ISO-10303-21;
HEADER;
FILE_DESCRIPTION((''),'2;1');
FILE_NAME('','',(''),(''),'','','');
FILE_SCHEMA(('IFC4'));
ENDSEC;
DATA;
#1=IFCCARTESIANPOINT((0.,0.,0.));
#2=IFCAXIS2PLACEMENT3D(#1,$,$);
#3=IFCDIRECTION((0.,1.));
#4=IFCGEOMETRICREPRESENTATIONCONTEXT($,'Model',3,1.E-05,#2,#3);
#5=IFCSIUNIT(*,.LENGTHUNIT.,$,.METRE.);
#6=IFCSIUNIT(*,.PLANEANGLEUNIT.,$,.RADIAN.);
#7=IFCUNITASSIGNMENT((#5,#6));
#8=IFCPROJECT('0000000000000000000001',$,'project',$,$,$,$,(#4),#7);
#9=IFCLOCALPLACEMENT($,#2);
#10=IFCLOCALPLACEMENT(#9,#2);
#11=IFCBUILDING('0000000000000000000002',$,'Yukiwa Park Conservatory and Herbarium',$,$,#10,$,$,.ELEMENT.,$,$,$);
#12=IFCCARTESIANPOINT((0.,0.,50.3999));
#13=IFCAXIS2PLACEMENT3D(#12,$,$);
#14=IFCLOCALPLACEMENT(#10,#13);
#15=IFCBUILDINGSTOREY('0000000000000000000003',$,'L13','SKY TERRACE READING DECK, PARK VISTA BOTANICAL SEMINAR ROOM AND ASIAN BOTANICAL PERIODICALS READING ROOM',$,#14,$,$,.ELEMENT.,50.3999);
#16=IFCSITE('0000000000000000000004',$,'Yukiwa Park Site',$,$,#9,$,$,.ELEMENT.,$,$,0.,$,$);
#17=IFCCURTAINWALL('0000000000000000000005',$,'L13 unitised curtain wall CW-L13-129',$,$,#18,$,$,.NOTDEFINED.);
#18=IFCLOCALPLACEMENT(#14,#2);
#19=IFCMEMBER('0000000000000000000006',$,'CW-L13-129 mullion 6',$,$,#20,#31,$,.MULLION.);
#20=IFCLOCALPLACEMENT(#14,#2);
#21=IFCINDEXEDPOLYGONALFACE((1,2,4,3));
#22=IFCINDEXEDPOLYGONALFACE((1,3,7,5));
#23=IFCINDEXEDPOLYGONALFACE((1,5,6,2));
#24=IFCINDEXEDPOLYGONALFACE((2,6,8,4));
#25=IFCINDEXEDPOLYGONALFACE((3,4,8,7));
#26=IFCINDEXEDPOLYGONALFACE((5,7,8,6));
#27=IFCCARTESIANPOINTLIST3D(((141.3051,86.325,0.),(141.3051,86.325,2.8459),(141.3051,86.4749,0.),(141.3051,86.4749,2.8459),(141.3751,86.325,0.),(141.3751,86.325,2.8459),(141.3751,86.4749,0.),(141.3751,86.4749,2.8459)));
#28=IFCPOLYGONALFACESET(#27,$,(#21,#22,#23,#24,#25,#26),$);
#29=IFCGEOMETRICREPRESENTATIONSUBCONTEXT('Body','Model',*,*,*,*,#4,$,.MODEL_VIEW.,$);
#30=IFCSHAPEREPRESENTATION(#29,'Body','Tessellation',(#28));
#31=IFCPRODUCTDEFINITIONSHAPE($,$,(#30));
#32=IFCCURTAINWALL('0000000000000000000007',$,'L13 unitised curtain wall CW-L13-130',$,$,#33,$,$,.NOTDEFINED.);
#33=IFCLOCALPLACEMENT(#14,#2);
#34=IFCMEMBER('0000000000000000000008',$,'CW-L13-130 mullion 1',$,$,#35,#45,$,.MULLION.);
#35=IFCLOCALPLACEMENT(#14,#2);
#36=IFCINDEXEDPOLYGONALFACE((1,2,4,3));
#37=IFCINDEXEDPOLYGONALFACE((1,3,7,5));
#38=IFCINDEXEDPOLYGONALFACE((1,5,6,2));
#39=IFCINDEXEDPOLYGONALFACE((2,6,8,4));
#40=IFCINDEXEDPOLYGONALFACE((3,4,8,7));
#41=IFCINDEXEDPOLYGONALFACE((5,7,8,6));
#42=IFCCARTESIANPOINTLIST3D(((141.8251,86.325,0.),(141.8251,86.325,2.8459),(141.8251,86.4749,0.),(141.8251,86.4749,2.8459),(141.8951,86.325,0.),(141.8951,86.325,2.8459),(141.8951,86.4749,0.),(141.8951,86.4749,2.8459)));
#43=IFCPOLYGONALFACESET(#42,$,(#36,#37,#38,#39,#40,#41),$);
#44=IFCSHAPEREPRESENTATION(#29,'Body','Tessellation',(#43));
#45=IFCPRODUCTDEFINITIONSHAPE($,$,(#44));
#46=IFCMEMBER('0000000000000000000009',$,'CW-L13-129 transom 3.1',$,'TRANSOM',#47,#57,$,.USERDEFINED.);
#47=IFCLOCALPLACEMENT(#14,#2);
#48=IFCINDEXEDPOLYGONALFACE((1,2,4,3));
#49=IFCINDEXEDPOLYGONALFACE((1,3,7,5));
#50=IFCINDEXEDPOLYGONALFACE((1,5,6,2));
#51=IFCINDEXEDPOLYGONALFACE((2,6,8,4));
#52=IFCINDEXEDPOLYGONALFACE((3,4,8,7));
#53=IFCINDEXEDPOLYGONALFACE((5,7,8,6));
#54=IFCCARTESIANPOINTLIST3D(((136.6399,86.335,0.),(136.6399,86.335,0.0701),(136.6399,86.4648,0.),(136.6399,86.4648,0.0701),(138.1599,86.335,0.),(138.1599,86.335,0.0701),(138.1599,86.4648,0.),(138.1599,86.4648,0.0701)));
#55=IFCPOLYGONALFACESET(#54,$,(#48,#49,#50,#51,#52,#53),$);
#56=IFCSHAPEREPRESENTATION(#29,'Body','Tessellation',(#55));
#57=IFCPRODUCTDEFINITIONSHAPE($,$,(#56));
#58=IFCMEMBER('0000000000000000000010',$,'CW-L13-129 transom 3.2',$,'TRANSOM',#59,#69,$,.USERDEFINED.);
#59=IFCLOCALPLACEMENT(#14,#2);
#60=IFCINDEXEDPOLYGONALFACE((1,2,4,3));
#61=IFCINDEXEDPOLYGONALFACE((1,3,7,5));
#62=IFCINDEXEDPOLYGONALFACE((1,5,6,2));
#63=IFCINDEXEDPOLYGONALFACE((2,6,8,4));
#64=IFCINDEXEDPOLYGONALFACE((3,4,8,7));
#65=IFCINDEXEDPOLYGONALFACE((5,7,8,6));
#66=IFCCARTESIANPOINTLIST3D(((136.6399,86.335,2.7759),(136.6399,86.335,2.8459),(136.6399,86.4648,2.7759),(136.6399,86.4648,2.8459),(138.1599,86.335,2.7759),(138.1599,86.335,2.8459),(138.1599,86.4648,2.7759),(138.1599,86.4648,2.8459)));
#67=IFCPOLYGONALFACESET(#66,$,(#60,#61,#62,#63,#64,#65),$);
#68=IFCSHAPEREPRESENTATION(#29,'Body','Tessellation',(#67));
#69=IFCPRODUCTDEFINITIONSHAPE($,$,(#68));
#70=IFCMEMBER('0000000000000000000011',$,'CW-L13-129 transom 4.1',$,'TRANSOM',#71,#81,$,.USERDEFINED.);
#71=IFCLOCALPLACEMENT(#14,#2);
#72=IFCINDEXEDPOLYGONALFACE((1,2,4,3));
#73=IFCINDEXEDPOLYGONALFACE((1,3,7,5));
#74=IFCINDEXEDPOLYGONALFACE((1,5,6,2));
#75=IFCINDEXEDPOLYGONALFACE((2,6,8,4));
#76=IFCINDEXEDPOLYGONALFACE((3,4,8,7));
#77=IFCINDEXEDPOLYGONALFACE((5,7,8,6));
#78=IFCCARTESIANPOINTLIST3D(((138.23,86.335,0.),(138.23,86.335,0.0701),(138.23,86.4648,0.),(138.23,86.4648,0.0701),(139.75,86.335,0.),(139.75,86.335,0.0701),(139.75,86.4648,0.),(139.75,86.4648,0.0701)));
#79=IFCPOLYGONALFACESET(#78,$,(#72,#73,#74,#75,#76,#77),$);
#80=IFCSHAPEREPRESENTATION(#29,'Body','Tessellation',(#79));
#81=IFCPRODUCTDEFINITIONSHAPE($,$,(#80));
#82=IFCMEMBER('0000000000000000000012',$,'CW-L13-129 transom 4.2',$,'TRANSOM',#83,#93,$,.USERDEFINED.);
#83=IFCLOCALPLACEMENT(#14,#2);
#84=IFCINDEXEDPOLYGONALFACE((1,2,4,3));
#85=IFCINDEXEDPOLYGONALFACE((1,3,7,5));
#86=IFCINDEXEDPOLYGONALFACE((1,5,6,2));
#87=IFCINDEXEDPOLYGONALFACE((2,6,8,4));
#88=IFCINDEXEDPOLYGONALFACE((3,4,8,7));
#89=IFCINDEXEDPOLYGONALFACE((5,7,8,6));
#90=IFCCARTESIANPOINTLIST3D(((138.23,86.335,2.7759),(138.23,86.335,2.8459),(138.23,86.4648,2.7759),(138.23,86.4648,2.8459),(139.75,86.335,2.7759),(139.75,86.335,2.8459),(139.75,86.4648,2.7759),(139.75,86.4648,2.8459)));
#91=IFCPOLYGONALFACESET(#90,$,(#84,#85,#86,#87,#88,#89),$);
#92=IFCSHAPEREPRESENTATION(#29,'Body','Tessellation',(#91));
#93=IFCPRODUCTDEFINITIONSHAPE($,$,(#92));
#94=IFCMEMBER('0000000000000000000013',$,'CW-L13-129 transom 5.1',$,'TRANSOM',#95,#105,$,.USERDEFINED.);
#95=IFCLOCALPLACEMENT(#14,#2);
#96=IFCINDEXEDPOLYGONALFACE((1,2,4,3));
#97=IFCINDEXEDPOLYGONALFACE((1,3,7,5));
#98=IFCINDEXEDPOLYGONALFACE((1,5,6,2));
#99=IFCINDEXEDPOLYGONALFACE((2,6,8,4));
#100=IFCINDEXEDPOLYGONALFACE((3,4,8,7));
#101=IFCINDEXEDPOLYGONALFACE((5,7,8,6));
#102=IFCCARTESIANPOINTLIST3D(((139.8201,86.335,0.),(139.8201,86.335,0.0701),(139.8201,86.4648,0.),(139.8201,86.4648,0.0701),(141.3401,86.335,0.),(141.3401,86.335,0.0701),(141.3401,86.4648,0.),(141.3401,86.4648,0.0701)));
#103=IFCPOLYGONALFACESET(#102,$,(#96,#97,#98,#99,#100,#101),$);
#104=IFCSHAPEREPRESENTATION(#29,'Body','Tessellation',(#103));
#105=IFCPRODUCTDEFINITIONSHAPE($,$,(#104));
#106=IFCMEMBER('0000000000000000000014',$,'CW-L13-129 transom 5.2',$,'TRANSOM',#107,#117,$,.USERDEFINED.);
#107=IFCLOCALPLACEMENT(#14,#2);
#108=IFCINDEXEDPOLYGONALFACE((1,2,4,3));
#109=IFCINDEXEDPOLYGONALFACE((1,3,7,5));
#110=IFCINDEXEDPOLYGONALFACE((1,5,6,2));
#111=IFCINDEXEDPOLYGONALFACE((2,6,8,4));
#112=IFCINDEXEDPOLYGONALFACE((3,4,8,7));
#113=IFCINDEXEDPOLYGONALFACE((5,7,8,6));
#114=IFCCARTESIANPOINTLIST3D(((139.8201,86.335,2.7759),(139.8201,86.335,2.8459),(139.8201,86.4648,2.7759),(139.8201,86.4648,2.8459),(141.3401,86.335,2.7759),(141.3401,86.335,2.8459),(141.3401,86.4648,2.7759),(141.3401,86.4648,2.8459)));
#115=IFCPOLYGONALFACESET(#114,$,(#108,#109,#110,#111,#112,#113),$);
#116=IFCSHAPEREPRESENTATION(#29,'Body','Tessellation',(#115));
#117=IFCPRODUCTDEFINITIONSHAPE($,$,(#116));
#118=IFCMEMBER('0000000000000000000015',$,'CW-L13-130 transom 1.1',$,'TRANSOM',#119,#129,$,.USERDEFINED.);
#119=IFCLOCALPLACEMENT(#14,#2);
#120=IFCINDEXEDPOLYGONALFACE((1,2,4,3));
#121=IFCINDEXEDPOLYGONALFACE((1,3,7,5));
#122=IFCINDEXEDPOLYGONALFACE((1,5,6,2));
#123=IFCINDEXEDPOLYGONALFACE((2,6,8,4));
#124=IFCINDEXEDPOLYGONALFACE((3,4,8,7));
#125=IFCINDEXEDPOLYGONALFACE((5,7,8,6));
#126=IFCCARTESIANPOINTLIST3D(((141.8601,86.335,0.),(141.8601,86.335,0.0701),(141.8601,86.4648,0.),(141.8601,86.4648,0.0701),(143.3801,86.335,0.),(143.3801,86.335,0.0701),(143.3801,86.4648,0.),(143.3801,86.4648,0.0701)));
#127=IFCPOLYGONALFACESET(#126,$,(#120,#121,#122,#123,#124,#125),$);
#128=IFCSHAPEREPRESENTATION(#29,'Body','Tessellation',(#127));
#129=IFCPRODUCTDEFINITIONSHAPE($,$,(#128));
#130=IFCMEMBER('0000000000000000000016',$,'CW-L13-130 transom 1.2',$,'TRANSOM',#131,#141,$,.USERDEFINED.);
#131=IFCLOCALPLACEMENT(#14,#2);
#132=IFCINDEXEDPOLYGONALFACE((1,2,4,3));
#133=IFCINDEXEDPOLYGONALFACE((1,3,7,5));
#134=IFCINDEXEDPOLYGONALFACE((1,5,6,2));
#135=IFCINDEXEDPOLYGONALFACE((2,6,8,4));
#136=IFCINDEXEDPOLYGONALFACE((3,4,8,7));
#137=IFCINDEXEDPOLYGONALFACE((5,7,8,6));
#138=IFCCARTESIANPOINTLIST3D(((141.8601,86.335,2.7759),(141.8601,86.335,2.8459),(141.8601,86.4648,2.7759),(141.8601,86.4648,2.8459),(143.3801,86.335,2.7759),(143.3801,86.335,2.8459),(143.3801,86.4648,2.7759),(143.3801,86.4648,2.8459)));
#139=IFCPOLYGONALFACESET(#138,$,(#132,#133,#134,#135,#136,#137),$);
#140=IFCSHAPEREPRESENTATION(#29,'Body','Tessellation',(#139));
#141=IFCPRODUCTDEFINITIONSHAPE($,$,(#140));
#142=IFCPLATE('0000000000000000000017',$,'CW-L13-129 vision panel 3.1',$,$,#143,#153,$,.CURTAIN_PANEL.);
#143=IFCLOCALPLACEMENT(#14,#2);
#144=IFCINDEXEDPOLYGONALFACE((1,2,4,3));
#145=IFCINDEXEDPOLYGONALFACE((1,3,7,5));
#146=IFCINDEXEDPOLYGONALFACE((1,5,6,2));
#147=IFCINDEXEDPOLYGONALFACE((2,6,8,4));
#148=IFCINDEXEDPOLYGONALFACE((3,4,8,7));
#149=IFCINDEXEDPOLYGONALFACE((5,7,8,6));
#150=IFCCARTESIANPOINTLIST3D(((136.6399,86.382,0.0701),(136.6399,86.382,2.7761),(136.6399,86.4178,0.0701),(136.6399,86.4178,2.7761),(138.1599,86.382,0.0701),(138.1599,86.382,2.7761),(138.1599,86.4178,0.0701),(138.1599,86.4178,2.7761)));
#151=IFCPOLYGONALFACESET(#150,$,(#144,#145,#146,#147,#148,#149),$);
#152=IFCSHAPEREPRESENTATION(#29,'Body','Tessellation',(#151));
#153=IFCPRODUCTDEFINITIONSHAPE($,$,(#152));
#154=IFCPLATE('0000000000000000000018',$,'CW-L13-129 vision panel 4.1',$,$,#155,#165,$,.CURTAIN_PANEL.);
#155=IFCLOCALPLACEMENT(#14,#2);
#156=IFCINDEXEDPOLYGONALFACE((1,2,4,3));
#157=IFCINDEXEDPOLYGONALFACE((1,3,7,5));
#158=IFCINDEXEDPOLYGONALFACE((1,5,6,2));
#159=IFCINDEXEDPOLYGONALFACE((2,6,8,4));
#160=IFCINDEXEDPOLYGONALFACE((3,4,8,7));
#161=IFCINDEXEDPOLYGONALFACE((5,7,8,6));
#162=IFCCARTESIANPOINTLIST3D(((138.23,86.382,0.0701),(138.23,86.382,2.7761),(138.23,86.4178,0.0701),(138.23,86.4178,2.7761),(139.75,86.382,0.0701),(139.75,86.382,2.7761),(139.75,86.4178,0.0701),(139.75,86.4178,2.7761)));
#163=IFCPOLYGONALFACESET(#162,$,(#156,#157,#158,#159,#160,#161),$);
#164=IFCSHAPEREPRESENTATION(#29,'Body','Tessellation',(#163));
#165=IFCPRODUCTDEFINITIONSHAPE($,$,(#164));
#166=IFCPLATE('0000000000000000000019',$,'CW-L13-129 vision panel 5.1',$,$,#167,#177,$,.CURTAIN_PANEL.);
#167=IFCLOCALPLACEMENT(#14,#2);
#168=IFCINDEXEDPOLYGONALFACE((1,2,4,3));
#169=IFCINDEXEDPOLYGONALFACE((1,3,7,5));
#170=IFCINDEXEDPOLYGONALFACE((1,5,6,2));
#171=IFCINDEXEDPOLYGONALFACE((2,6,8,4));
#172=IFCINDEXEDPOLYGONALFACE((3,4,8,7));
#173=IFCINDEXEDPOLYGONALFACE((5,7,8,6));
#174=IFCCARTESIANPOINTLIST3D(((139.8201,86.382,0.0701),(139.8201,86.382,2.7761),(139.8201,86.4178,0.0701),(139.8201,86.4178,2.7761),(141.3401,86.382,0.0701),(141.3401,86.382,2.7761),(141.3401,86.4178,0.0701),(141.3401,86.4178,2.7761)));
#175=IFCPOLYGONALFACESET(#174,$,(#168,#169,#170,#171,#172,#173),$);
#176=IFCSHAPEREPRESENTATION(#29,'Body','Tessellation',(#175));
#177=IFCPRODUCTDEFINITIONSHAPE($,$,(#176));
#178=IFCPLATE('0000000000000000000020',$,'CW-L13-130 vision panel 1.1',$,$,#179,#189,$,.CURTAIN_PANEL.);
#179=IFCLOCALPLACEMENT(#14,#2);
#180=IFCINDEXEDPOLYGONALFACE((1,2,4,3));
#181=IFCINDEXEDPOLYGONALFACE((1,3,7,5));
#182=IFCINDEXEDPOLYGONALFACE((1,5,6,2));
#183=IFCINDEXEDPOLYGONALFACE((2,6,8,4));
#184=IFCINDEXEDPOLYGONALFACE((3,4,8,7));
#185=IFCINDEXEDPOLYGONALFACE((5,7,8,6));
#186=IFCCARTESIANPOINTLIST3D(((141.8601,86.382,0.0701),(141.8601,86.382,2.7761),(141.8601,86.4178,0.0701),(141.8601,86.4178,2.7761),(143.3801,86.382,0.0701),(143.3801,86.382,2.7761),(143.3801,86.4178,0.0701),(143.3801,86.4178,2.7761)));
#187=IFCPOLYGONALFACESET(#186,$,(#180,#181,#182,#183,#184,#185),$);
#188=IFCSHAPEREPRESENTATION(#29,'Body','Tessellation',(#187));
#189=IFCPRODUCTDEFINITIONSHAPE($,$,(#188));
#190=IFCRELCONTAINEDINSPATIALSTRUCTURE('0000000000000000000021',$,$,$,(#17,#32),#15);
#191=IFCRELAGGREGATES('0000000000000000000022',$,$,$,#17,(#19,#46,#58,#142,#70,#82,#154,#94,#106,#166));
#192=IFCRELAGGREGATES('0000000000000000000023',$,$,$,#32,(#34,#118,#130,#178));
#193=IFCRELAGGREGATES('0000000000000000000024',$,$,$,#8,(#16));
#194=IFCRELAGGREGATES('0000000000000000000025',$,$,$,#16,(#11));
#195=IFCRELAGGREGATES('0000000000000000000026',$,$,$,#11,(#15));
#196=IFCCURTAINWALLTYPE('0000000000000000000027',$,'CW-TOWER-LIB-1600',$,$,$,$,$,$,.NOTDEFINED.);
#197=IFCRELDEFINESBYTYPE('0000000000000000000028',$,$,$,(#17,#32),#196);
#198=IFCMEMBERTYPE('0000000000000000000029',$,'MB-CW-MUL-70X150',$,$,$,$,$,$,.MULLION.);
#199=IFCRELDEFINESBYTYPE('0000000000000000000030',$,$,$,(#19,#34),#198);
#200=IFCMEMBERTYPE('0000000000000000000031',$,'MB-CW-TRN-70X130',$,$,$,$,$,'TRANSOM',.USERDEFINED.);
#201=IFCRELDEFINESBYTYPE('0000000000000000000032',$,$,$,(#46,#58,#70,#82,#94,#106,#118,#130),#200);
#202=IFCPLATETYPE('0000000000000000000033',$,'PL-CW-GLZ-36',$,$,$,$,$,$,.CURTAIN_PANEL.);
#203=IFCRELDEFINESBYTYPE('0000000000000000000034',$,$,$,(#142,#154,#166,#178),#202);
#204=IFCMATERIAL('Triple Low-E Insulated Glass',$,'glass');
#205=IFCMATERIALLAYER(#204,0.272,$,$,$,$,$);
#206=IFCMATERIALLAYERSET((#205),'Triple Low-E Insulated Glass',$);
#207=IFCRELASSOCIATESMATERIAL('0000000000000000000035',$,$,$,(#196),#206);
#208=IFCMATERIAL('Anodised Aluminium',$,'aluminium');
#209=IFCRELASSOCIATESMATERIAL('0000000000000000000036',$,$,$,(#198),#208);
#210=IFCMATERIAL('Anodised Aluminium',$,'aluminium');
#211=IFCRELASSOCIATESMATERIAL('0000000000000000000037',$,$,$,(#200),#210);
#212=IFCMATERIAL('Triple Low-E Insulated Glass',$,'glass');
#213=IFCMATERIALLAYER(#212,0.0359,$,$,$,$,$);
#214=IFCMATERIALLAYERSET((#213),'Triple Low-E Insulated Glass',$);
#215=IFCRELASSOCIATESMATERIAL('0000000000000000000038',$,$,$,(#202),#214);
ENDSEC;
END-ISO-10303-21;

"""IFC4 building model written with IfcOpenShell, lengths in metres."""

from ifc_helpers import new_model, si_unit, direction, frame, origin, origin_2d, place, context, subcontext, project, spatial, rectangle, extrude, material, layer, layer_set, type_object, element, aggregate, save


model = new_model("IFC4")

# Units and contexts
model_context = context("Model", 3, precision=1e-05, world=origin(), true_north=direction((0.0, 1.0)))
body_context = subcontext(model_context, "Body", "Model", "MODEL_VIEW")
ifc_project = project(units=[si_unit("LENGTHUNIT", "METRE"), si_unit("PLANEANGLEUNIT", "RADIAN")], contexts=[model_context])

# Site, building, storey
site_placement = place(None, origin())
site = spatial("IfcSite", under=ifc_project, at=site_placement, Name="Yukiwa Park Site", CompositionType="ELEMENT", RefElevation=0.0)
building_placement = place(site_placement, origin())
building = spatial("IfcBuilding", under=site, at=building_placement, Name="Yukiwa Park Conservatory and Herbarium", CompositionType="ELEMENT")
storey_placement = place(building_placement, frame((0.0, 0.0, 50.3999)))
storey = spatial("IfcBuildingStorey", under=building, at=storey_placement, Name="L13", Description="SKY TERRACE READING DECK, PARK VISTA BOTANICAL SEMINAR ROOM AND ASIAN BOTANICAL PERIODICALS READING ROOM", CompositionType="ELEMENT", Elevation=50.3999)

# Curtain wall, member
ifc_material_1 = material(Name="Triple Low-E Insulated Glass", Category="glass")
ifc_layer_1 = layer(ifc_material_1, 0.272)
ifc_layer_set_1 = layer_set([ifc_layer_1], Name="Triple Low-E Insulated Glass")
curtain_wall_type = type_object("IfcCurtainWallType", Name="CW-TOWER-LIB-1600", PredefinedType="NOTDEFINED", material=ifc_layer_set_1)
curtain_wall_1_placement = place(storey_placement, origin())
curtain_wall_1 = element("IfcCurtainWall", 1, at=curtain_wall_1_placement, inside=storey, type_object=curtain_wall_type, Name="L13 unitised curtain wall CW-L13-129", PredefinedType="NOTDEFINED")
ifc_material_2 = material(Name="Anodised Aluminium", Category="aluminium")
member_type_1 = type_object("IfcMemberType", Name="MB-CW-MUL-70X150", PredefinedType="MULLION", material=ifc_material_2)
member_1_placement = place(storey_placement, frame((141.3401, 86.3999, 0.0), z_axis=(0.0, 0.0, 1.0), x_axis=(1.0, 0.0, 0.0)))
member_1 = element("IfcMember", 2, at=member_1_placement, type_object=member_type_1, Name="CW-L13-129 mullion 6", PredefinedType="MULLION", context=body_context, shape_type="SweptSolid", body=[
    extrude(rectangle(XDim=0.0701, YDim=0.1499, at=origin_2d()), origin(), (0.0, 0.0, 1.0), 2.8459),
])

# Curtain wall, member
curtain_wall_2_placement = place(storey_placement, origin())
curtain_wall_2 = element("IfcCurtainWall", 3, at=curtain_wall_2_placement, inside=storey, type_object=curtain_wall_type, Name="L13 unitised curtain wall CW-L13-130", PredefinedType="NOTDEFINED")
member_2_placement = place(storey_placement, frame((141.8601, 86.3999, 0.0), z_axis=(0.0, 0.0, 1.0), x_axis=(1.0, 0.0, 0.0)))
member_2 = element("IfcMember", 4, at=member_2_placement, type_object=member_type_1, Name="CW-L13-130 mullion 1", PredefinedType="MULLION", context=body_context, shape_type="SweptSolid", body=[
    extrude(rectangle(XDim=0.0701, YDim=0.1499, at=origin_2d()), origin(), (0.0, 0.0, 1.0), 2.8459),
])

# Members
ifc_material_3 = material(Name="Anodised Aluminium", Category="aluminium")
member_type_2 = type_object("IfcMemberType", Name="MB-CW-TRN-70X130", ElementType="TRANSOM", PredefinedType="USERDEFINED", material=ifc_material_3)
member_3_placement = place(storey_placement, frame((137.3999, 86.3999, 0.0), z_axis=(0.0, 0.0, 1.0), x_axis=(1.0, 0.0, 0.0)))
member_3 = element("IfcMember", 5, at=member_3_placement, type_object=member_type_2, Name="CW-L13-129 transom 3.1", ObjectType="TRANSOM", PredefinedType="USERDEFINED", context=body_context, shape_type="SweptSolid", body=[
    extrude(rectangle(XDim=1.52, YDim=0.1299, at=origin_2d()), origin(), (0.0, 0.0, 1.0), 0.0701),
])
member_4_placement = place(storey_placement, frame((137.3999, 86.3999, 2.7759), z_axis=(0.0, 0.0, 1.0), x_axis=(1.0, 0.0, 0.0)))
member_4 = element("IfcMember", 6, at=member_4_placement, type_object=member_type_2, Name="CW-L13-129 transom 3.2", ObjectType="TRANSOM", PredefinedType="USERDEFINED", context=body_context, shape_type="SweptSolid", body=[
    extrude(rectangle(XDim=1.52, YDim=0.1299, at=origin_2d()), origin(), (0.0, 0.0, 1.0), 0.0701),
])
member_5_placement = place(storey_placement, frame((138.99, 86.3999, 0.0), z_axis=(0.0, 0.0, 1.0), x_axis=(1.0, 0.0, 0.0)))
member_5 = element("IfcMember", 7, at=member_5_placement, type_object=member_type_2, Name="CW-L13-129 transom 4.1", ObjectType="TRANSOM", PredefinedType="USERDEFINED", context=body_context, shape_type="SweptSolid", body=[
    extrude(rectangle(XDim=1.52, YDim=0.1299, at=origin_2d()), origin(), (0.0, 0.0, 1.0), 0.0701),
])
member_6_placement = place(storey_placement, frame((138.99, 86.3999, 2.7759), z_axis=(0.0, 0.0, 1.0), x_axis=(1.0, 0.0, 0.0)))
member_6 = element("IfcMember", 8, at=member_6_placement, type_object=member_type_2, Name="CW-L13-129 transom 4.2", ObjectType="TRANSOM", PredefinedType="USERDEFINED", context=body_context, shape_type="SweptSolid", body=[
    extrude(rectangle(XDim=1.52, YDim=0.1299, at=origin_2d()), origin(), (0.0, 0.0, 1.0), 0.0701),
])
member_7_placement = place(storey_placement, frame((140.5801, 86.3999, 0.0), z_axis=(0.0, 0.0, 1.0), x_axis=(1.0, 0.0, 0.0)))
member_7 = element("IfcMember", 9, at=member_7_placement, type_object=member_type_2, Name="CW-L13-129 transom 5.1", ObjectType="TRANSOM", PredefinedType="USERDEFINED", context=body_context, shape_type="SweptSolid", body=[
    extrude(rectangle(XDim=1.52, YDim=0.1299, at=origin_2d()), origin(), (0.0, 0.0, 1.0), 0.0701),
])
member_8_placement = place(storey_placement, frame((140.5801, 86.3999, 2.7759), z_axis=(0.0, 0.0, 1.0), x_axis=(1.0, 0.0, 0.0)))
member_8 = element("IfcMember", 10, at=member_8_placement, type_object=member_type_2, Name="CW-L13-129 transom 5.2", ObjectType="TRANSOM", PredefinedType="USERDEFINED", context=body_context, shape_type="SweptSolid", body=[
    extrude(rectangle(XDim=1.52, YDim=0.1299, at=origin_2d()), origin(), (0.0, 0.0, 1.0), 0.0701),
])
member_9_placement = place(storey_placement, frame((142.6201, 86.3999, 0.0), z_axis=(0.0, 0.0, 1.0), x_axis=(1.0, 0.0, 0.0)))
member_9 = element("IfcMember", 11, at=member_9_placement, type_object=member_type_2, Name="CW-L13-130 transom 1.1", ObjectType="TRANSOM", PredefinedType="USERDEFINED", context=body_context, shape_type="SweptSolid", body=[
    extrude(rectangle(XDim=1.52, YDim=0.1299, at=origin_2d()), origin(), (0.0, 0.0, 1.0), 0.0701),
])
member_10_placement = place(storey_placement, frame((142.6201, 86.3999, 2.7759), z_axis=(0.0, 0.0, 1.0), x_axis=(1.0, 0.0, 0.0)))
member_10 = element("IfcMember", 12, at=member_10_placement, type_object=member_type_2, Name="CW-L13-130 transom 1.2", ObjectType="TRANSOM", PredefinedType="USERDEFINED", context=body_context, shape_type="SweptSolid", body=[
    extrude(rectangle(XDim=1.52, YDim=0.1299, at=origin_2d()), origin(), (0.0, 0.0, 1.0), 0.0701),
])

# Plates
ifc_material_4 = material(Name="Triple Low-E Insulated Glass", Category="glass")
ifc_layer_2 = layer(ifc_material_4, 0.0359)
ifc_layer_set_2 = layer_set([ifc_layer_2], Name="Triple Low-E Insulated Glass")
plate_type_1 = type_object("IfcPlateType", Name="PL-CW-GLZ-36", PredefinedType="CURTAIN_PANEL", material=ifc_layer_set_2)
plate_1_placement = place(storey_placement, frame((137.3999, 86.3999, 0.0701), z_axis=(0.0, 0.0, 1.0), x_axis=(1.0, 0.0, 0.0)))
plate_1 = element("IfcPlate", 13, at=plate_1_placement, type_object=plate_type_1, Name="CW-L13-129 vision panel 3.1", PredefinedType="CURTAIN_PANEL", context=body_context, shape_type="SweptSolid", body=[
    extrude(rectangle(XDim=1.52, YDim=0.0359, at=origin_2d()), origin(), (0.0, 0.0, 1.0), 2.7061),
])
plate_2_placement = place(storey_placement, frame((138.99, 86.3999, 0.0701), z_axis=(0.0, 0.0, 1.0), x_axis=(1.0, 0.0, 0.0)))
plate_2 = element("IfcPlate", 14, at=plate_2_placement, type_object=plate_type_1, Name="CW-L13-129 vision panel 4.1", PredefinedType="CURTAIN_PANEL", context=body_context, shape_type="SweptSolid", body=[
    extrude(rectangle(XDim=1.52, YDim=0.0359, at=origin_2d()), origin(), (0.0, 0.0, 1.0), 2.7061),
])
plate_3_placement = place(storey_placement, frame((140.5801, 86.3999, 0.0701), z_axis=(0.0, 0.0, 1.0), x_axis=(1.0, 0.0, 0.0)))
plate_3 = element("IfcPlate", 15, at=plate_3_placement, type_object=plate_type_1, Name="CW-L13-129 vision panel 5.1", PredefinedType="CURTAIN_PANEL", context=body_context, shape_type="SweptSolid", body=[
    extrude(rectangle(XDim=1.52, YDim=0.0359, at=origin_2d()), origin(), (0.0, 0.0, 1.0), 2.7061),
])
aggregate(curtain_wall_1, [member_1, member_3, member_4, plate_1, member_5, member_6, plate_2, member_7, member_8, plate_3])
plate_4_placement = place(storey_placement, frame((142.6201, 86.3999, 0.0701), z_axis=(0.0, 0.0, 1.0), x_axis=(1.0, 0.0, 0.0)))
plate_4 = element("IfcPlate", 16, at=plate_4_placement, type_object=plate_type_1, Name="CW-L13-130 vision panel 1.1", PredefinedType="CURTAIN_PANEL", context=body_context, shape_type="SweptSolid", body=[
    extrude(rectangle(XDim=1.52, YDim=0.0359, at=origin_2d()), origin(), (0.0, 0.0, 1.0), 2.7061),
])
aggregate(curtain_wall_2, [member_2, member_9, member_10, plate_4])

save(model, "model.ifc")
